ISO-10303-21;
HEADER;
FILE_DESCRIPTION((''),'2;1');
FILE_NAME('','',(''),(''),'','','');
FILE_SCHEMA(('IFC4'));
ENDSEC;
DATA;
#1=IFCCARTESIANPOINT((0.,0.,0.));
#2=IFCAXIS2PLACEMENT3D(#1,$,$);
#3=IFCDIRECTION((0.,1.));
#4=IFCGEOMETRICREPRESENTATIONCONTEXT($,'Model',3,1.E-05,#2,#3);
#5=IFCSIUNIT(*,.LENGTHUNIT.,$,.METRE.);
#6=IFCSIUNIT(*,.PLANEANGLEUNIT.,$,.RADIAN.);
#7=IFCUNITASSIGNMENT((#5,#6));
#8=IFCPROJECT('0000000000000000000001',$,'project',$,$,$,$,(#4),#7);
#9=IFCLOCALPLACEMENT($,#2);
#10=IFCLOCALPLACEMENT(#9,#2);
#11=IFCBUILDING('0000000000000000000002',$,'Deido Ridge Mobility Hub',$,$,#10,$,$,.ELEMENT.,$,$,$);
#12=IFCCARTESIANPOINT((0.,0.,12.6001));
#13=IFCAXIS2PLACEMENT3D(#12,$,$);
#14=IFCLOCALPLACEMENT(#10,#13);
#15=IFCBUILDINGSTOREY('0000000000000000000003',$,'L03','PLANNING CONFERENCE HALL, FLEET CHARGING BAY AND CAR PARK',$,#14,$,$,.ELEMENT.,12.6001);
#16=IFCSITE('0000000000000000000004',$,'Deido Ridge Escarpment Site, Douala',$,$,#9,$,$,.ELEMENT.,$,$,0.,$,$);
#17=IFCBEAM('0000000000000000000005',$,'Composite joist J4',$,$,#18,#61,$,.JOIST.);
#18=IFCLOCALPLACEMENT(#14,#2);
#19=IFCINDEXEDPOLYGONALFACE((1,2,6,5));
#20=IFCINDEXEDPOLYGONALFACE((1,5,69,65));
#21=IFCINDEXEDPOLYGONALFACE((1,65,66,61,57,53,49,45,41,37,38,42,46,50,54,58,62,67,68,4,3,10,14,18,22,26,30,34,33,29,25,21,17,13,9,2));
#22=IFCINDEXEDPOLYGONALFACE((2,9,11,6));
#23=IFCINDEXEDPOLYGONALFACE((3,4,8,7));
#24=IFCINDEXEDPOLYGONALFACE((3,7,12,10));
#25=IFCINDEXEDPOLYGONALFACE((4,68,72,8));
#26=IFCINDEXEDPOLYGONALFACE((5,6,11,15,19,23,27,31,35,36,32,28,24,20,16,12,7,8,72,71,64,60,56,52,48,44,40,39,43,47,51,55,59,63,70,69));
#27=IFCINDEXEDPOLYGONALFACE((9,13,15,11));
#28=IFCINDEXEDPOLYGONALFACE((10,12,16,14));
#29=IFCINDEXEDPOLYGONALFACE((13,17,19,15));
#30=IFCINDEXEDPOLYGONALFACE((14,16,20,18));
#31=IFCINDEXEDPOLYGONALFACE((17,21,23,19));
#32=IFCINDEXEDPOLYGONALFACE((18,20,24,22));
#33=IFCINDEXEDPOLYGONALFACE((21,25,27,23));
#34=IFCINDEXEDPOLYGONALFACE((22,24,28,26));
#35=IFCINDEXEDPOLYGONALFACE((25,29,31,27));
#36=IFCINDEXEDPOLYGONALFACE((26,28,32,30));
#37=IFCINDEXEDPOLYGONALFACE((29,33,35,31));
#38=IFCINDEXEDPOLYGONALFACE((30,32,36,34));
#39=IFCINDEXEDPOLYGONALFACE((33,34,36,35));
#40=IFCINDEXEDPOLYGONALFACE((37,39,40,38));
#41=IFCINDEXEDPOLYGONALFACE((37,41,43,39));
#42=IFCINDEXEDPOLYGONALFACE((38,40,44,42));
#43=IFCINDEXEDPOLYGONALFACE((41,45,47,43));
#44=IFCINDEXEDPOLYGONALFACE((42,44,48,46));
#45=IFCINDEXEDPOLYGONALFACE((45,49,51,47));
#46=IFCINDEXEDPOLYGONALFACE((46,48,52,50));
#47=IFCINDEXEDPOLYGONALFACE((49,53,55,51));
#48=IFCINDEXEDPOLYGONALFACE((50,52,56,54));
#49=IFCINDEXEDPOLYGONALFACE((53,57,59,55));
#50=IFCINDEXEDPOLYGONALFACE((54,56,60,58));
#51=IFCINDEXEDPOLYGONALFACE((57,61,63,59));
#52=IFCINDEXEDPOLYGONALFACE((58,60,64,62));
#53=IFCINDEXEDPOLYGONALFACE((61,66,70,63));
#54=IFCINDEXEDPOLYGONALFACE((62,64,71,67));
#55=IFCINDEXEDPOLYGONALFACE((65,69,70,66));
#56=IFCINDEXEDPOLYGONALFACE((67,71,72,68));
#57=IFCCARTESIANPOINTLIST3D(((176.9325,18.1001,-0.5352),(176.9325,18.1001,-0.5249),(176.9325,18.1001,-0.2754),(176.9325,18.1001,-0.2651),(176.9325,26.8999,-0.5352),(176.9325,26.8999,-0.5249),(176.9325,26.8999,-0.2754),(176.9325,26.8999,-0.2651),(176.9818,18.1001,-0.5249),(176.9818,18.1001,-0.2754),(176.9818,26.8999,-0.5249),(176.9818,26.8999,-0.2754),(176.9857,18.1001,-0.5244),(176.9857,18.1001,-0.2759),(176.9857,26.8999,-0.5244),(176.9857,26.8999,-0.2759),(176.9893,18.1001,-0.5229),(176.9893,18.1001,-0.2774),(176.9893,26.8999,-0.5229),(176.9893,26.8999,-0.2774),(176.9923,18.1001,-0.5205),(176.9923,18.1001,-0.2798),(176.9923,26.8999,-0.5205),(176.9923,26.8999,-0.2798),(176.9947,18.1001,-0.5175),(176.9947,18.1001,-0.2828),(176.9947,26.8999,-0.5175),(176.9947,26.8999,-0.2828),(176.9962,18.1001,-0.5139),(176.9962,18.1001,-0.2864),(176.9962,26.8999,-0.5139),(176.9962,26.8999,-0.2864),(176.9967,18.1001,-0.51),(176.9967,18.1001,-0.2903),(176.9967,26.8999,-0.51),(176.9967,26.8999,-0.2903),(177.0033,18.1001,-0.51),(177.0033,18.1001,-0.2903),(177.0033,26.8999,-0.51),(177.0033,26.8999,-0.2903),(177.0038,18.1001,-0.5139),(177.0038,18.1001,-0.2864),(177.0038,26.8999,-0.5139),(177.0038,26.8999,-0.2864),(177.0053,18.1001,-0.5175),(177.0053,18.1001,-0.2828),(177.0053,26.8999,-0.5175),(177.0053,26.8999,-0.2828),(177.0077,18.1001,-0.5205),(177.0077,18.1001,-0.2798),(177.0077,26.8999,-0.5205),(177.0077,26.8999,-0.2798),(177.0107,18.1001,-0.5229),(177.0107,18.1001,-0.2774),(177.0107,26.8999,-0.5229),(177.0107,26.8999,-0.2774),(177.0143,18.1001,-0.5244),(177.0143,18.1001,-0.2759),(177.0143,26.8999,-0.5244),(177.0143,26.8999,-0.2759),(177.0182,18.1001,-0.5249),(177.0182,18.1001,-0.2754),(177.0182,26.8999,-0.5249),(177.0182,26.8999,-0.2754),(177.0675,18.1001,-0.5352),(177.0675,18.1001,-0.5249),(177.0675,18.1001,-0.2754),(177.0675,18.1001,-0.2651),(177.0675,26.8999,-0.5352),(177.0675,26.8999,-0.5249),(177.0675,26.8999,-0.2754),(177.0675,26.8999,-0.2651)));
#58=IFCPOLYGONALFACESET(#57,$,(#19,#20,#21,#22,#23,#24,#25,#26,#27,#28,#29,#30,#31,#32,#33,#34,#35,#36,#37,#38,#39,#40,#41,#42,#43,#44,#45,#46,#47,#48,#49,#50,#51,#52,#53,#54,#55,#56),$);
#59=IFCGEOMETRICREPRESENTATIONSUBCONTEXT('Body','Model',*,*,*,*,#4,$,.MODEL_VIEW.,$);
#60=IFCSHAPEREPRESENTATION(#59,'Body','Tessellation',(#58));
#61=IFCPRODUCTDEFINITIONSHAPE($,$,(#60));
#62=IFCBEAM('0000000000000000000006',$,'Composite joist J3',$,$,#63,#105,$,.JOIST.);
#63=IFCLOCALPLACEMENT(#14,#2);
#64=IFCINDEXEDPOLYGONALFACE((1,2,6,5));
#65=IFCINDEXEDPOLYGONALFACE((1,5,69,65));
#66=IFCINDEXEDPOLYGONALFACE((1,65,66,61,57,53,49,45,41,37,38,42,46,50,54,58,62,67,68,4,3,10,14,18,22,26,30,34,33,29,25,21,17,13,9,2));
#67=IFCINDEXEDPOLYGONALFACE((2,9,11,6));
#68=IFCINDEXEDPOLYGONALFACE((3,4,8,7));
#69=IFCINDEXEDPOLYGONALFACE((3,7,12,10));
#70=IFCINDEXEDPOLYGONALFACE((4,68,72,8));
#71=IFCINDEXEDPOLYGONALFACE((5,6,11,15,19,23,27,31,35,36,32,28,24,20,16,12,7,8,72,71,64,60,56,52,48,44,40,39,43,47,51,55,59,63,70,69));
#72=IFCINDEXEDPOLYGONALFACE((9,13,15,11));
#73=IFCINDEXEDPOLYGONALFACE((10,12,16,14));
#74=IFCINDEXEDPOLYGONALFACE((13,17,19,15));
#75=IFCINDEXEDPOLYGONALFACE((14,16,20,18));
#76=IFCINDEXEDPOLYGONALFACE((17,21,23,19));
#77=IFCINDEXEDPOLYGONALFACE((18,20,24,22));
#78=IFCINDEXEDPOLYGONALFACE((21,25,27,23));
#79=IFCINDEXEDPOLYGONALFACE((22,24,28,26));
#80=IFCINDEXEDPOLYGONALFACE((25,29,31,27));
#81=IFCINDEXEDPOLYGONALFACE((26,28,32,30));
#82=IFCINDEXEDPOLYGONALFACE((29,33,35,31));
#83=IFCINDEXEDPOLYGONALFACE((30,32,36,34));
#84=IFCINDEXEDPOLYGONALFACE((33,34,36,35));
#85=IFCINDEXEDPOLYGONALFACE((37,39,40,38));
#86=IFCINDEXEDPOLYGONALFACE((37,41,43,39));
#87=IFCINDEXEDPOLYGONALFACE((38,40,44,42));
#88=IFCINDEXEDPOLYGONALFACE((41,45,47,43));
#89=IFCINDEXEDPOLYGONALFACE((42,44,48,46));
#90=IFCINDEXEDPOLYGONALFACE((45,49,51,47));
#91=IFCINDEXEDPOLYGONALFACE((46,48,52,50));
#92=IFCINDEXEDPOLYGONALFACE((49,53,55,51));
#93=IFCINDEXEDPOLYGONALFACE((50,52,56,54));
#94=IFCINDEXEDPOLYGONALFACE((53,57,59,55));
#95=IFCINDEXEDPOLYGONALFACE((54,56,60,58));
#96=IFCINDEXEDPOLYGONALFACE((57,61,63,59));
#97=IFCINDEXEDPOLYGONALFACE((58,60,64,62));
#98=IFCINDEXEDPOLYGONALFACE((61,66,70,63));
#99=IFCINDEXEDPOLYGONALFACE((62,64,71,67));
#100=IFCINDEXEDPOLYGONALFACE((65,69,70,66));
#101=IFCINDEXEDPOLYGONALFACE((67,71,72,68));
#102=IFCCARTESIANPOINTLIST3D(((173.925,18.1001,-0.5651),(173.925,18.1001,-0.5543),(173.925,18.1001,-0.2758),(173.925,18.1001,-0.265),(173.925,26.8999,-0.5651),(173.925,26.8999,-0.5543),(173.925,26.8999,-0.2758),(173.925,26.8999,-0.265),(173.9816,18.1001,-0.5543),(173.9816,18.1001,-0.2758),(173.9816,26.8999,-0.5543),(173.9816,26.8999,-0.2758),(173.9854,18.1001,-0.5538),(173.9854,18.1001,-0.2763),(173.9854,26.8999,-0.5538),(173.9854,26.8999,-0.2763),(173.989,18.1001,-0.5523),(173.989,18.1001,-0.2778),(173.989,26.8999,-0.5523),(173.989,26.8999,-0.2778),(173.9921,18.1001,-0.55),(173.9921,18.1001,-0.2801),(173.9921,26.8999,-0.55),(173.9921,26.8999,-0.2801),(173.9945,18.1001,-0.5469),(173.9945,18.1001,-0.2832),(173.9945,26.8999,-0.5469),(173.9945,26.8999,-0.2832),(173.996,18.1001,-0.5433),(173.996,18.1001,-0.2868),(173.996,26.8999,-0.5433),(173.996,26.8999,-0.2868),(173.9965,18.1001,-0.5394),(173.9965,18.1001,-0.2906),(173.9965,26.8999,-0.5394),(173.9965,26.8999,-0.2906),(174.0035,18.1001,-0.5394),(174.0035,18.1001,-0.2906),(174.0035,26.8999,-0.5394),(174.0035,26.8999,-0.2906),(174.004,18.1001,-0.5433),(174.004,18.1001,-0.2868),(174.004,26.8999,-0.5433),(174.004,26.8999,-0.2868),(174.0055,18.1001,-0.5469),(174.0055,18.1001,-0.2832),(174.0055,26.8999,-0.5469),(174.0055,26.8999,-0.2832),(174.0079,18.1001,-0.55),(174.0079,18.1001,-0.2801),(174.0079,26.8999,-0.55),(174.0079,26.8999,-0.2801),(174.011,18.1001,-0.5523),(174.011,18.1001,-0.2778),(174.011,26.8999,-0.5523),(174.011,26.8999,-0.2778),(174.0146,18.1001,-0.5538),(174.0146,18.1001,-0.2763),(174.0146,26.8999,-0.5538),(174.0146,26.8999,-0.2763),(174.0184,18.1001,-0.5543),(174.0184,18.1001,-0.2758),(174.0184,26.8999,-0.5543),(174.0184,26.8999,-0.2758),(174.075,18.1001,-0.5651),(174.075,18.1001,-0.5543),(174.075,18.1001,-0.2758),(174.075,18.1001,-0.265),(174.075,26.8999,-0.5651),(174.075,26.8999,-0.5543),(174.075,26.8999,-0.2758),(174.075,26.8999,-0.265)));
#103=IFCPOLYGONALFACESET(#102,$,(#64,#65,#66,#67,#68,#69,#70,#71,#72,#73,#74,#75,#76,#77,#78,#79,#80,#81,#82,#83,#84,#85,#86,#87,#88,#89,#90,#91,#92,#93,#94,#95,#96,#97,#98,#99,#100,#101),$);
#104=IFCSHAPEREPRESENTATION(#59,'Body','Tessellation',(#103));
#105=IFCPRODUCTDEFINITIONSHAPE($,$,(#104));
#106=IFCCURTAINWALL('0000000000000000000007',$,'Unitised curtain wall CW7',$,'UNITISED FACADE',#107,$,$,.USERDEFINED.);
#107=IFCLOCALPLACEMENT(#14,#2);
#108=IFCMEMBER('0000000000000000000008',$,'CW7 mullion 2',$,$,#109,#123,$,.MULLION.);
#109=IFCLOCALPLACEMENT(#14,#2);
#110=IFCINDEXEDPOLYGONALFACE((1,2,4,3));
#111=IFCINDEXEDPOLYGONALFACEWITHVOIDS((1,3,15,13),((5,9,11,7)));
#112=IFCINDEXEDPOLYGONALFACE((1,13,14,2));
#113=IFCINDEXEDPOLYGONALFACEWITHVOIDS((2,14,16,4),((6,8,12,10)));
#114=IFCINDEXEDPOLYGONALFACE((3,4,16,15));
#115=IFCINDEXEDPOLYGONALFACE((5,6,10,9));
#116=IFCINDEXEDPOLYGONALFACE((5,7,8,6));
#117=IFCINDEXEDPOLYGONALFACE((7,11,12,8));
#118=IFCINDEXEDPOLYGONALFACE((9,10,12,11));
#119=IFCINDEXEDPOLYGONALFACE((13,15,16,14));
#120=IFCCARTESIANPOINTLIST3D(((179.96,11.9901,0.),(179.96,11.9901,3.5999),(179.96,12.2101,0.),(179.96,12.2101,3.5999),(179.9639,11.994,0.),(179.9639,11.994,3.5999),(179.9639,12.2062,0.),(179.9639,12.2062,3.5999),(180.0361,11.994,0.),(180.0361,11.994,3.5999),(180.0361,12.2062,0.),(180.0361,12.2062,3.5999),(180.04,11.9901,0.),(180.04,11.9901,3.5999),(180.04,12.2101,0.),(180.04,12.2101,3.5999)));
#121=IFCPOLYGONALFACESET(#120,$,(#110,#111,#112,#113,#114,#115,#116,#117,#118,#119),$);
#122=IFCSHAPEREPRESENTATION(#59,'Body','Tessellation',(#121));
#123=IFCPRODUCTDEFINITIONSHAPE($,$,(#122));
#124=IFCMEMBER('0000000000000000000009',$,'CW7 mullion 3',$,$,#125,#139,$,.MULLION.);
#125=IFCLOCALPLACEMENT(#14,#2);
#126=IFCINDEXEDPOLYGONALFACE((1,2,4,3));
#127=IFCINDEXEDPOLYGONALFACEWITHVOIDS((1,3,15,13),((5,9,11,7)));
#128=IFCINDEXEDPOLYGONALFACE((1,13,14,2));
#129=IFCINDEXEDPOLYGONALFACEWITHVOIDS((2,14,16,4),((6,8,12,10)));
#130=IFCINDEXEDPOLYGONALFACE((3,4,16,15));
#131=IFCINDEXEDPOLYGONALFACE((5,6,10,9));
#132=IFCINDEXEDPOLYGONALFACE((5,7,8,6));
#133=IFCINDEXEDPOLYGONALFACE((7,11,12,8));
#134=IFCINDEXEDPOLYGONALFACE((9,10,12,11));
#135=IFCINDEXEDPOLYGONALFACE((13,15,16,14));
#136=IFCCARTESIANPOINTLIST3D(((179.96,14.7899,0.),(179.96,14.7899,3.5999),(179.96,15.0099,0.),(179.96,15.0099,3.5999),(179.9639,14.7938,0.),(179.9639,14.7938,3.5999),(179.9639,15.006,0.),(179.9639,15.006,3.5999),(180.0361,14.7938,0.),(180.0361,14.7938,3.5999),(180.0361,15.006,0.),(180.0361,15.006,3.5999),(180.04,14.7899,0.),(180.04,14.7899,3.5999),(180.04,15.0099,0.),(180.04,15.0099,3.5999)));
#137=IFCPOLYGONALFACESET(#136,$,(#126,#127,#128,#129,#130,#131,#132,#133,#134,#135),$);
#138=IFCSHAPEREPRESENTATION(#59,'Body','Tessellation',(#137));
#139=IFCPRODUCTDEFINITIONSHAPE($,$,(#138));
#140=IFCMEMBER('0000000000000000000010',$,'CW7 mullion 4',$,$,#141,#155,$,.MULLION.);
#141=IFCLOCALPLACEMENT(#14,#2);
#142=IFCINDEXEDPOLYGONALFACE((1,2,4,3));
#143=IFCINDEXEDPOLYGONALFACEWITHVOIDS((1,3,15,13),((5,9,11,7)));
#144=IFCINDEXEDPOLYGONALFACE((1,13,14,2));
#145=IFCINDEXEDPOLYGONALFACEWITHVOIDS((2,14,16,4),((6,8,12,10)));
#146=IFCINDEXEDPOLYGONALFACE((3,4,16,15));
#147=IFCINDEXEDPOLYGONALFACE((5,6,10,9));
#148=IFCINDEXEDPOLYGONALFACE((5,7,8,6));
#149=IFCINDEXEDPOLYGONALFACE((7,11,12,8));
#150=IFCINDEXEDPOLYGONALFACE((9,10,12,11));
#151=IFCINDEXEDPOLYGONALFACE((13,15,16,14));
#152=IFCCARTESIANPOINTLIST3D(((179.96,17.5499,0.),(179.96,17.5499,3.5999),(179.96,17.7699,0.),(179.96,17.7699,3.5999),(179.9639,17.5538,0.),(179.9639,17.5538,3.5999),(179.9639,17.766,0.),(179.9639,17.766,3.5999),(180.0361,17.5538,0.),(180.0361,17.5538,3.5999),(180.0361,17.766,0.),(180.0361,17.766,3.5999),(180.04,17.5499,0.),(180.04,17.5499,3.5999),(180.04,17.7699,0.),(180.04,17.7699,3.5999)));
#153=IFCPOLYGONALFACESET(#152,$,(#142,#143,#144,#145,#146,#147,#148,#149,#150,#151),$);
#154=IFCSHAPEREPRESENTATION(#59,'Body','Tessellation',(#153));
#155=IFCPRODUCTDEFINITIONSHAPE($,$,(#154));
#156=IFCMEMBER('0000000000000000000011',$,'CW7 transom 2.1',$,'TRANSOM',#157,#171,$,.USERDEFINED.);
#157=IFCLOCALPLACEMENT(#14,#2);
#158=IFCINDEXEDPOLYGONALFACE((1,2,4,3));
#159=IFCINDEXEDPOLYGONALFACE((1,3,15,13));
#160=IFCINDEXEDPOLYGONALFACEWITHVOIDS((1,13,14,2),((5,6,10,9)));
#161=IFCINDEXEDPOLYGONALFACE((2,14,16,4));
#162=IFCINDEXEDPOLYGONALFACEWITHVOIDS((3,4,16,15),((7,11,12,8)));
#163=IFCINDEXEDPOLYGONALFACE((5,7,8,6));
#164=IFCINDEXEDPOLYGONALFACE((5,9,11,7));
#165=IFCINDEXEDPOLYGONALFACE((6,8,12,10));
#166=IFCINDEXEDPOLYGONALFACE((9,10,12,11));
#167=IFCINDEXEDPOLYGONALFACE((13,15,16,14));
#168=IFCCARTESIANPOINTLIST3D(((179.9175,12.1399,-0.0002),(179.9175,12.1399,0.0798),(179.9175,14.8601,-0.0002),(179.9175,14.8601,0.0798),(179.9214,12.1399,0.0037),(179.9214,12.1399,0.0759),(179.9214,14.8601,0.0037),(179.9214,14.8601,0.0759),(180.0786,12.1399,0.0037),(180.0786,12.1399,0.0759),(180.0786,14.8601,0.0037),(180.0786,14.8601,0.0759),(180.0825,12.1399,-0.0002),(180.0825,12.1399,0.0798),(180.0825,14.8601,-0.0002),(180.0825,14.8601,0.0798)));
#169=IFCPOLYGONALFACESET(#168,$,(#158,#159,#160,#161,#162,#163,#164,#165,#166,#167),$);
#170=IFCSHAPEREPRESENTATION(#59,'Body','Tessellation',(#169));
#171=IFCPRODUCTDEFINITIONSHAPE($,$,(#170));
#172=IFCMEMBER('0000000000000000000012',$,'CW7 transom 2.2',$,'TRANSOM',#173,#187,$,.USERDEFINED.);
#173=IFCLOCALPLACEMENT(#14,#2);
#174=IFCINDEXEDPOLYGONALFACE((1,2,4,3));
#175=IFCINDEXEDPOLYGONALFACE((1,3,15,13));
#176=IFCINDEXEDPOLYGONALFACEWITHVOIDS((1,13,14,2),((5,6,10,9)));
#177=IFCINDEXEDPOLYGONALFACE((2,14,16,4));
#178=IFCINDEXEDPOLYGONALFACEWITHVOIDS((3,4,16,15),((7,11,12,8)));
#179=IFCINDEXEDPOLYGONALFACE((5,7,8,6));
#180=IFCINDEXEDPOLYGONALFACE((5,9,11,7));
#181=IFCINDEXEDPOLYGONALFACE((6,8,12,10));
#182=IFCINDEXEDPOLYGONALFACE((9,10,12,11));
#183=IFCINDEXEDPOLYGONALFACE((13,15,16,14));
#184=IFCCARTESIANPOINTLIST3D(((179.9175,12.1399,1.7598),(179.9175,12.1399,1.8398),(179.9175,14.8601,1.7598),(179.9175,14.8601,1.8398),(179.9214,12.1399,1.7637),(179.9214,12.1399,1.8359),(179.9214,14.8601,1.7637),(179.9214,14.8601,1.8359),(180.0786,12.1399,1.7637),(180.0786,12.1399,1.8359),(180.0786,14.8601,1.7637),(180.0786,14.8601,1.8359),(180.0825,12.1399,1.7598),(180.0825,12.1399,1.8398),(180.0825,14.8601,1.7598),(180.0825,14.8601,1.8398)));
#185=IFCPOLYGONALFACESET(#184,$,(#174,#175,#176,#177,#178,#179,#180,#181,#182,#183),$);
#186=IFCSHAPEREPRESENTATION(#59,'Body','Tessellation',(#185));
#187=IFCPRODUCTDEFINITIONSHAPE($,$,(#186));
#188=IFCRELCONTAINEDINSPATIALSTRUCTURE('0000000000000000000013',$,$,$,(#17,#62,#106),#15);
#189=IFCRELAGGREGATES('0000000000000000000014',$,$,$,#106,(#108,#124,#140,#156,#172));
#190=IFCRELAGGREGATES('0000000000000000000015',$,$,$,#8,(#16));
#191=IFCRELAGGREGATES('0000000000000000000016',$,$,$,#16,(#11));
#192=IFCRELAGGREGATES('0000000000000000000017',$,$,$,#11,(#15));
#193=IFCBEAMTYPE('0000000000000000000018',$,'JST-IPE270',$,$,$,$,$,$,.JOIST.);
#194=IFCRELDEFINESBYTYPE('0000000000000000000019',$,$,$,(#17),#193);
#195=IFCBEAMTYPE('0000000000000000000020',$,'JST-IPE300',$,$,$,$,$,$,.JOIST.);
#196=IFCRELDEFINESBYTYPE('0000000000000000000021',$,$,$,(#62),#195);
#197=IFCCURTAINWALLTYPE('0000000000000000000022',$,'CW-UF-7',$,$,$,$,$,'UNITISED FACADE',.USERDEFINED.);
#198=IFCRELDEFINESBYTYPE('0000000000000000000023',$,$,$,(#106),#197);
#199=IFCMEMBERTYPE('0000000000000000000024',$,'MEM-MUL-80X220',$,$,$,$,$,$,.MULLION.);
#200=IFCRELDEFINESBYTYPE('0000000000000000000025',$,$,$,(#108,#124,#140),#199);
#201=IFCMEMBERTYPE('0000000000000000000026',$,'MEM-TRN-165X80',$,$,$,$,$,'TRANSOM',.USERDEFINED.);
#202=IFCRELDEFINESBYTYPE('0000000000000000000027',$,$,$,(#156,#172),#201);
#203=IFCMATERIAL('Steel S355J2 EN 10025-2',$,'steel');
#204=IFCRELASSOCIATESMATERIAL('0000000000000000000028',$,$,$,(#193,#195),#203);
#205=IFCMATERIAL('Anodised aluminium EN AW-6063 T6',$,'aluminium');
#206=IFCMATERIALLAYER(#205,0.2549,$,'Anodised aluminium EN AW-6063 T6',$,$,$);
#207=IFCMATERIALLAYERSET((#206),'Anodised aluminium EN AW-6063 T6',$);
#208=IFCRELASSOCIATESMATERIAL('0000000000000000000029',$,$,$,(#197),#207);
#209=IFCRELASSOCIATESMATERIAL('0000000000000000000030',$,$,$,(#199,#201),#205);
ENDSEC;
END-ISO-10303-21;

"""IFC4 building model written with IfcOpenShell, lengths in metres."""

from ifc_helpers import new_model, si_unit, direction, frame, origin, origin_2d, place, context, subcontext, project, spatial, hollow_rectangle, i_section, extrude, material, layer, layer_set, material_profile, profile_set, type_object, element, aggregate, save


model = new_model("IFC4")

# Units and contexts
model_context = context("Model", 3, precision=1e-05, world=origin(), true_north=direction((0.0, 1.0)))
body_context = subcontext(model_context, "Body", "Model", "MODEL_VIEW")
ifc_project = project(units=[si_unit("LENGTHUNIT", "METRE"), si_unit("PLANEANGLEUNIT", "RADIAN")], contexts=[model_context])

# Site, building, storey
site_placement = place(None, origin())
site = spatial("IfcSite", under=ifc_project, at=site_placement, Name="Deido Ridge Escarpment Site, Douala", CompositionType="ELEMENT", RefElevation=0.0)
building_placement = place(site_placement, origin())
building = spatial("IfcBuilding", under=site, at=building_placement, Name="Deido Ridge Mobility Hub", CompositionType="ELEMENT")
storey_placement = place(building_placement, frame((0.0, 0.0, 12.6001)))
storey = spatial("IfcBuildingStorey", under=building, at=storey_placement, Name="L03", Description="PLANNING CONFERENCE HALL, FLEET CHARGING BAY AND CAR PARK", CompositionType="ELEMENT", Elevation=12.6001)

# Shared definitions
ifc_material_1 = material(Name="Steel S355J2 EN 10025-2", Category="steel")

# Beams
ifc_material_profile_1 = material_profile(ifc_material_1, i_section(OverallWidth=0.135, OverallDepth=0.27, WebThickness=0.0066, FlangeThickness=0.0103, FilletRadius=0.0149, at=origin_2d()), Name="IPE 270")
ifc_profile_set_1 = profile_set([ifc_material_profile_1], Name="Steel S355J2 EN 10025-2")
beam_type_1 = type_object("IfcBeamType", Name="JST-IPE270", PredefinedType="JOIST", material=ifc_profile_set_1)
beam_1_placement = place(storey_placement, frame((177.0, 18.1001, -0.4001), z_axis=(0.0, 1.0, 0.0), x_axis=(-1.0, 0.0, 0.0)))
element("IfcBeam", 1, at=beam_1_placement, inside=storey, type_object=beam_type_1, Name="Composite joist J4", PredefinedType="JOIST", context=body_context, shape_type="SweptSolid", body=[
    extrude(i_section(OverallWidth=0.135, OverallDepth=0.27, WebThickness=0.0066, FlangeThickness=0.0103, FilletRadius=0.0149, at=origin_2d()), origin(), (0.0, 0.0, 1.0), 8.7998),
])
ifc_material_profile_2 = material_profile(ifc_material_1, i_section(OverallWidth=0.1499, OverallDepth=0.3, WebThickness=0.0071, FlangeThickness=0.0107, FilletRadius=0.0149, at=origin_2d()), Name="IPE 300")
ifc_profile_set_2 = profile_set([ifc_material_profile_2], Name="Steel S355J2 EN 10025-2")
beam_type_2 = type_object("IfcBeamType", Name="JST-IPE300", PredefinedType="JOIST", material=ifc_profile_set_2)
beam_2_placement = place(storey_placement, frame((174.0, 18.1001, -0.415), z_axis=(0.0, 1.0, 0.0), x_axis=(-1.0, 0.0, 0.0)))
element("IfcBeam", 2, at=beam_2_placement, inside=storey, type_object=beam_type_2, Name="Composite joist J3", PredefinedType="JOIST", context=body_context, shape_type="SweptSolid", body=[
    extrude(i_section(OverallWidth=0.1499, OverallDepth=0.3, WebThickness=0.0071, FlangeThickness=0.0107, FilletRadius=0.0149, at=origin_2d()), origin(), (0.0, 0.0, 1.0), 8.7998),
])

# Curtain wall, members
ifc_material_2 = material(Name="Anodised aluminium EN AW-6063 T6", Category="aluminium")
ifc_layer_1 = layer(ifc_material_2, 0.2549, Name="Anodised aluminium EN AW-6063 T6")
ifc_layer_set_1 = layer_set([ifc_layer_1], Name="Anodised aluminium EN AW-6063 T6")
curtain_wall_type = type_object("IfcCurtainWallType", Name="CW-UF-7", ElementType="UNITISED FACADE", PredefinedType="USERDEFINED", material=ifc_layer_set_1)
curtain_wall_placement = place(storey_placement, origin())
curtain_wall = element("IfcCurtainWall", 3, at=curtain_wall_placement, inside=storey, type_object=curtain_wall_type, Name="Unitised curtain wall CW7", ObjectType="UNITISED FACADE", PredefinedType="USERDEFINED")
ifc_material_profile_3 = material_profile(ifc_material_2, hollow_rectangle(XDim=0.0801, YDim=0.22, WallThickness=0.0039, at=origin_2d()), Name="RHS 80x220x4")
ifc_profile_set_3 = profile_set([ifc_material_profile_3], Name="Anodised aluminium EN AW-6063 T6")
member_type_1 = type_object("IfcMemberType", Name="MEM-MUL-80X220", PredefinedType="MULLION", material=ifc_profile_set_3)
member_1_placement = place(storey_placement, frame((180.0, 12.1001, 0.0), z_axis=(0.0, 0.0, 1.0), x_axis=(-1.0, 0.0, 0.0)))
member_1 = element("IfcMember", 4, at=member_1_placement, type_object=member_type_1, Name="CW7 mullion 2", PredefinedType="MULLION", context=body_context, shape_type="SweptSolid", body=[
    extrude(hollow_rectangle(XDim=0.0801, YDim=0.22, WallThickness=0.0039, at=origin_2d()), origin(), (0.0, 0.0, 1.0), 3.5999),
])
member_2_placement = place(storey_placement, frame((180.0, 14.8999, 0.0), z_axis=(0.0, 0.0, 1.0), x_axis=(-1.0, 0.0, 0.0)))
member_2 = element("IfcMember", 5, at=member_2_placement, type_object=member_type_1, Name="CW7 mullion 3", PredefinedType="MULLION", context=body_context, shape_type="SweptSolid", body=[
    extrude(hollow_rectangle(XDim=0.0801, YDim=0.22, WallThickness=0.0039, at=origin_2d()), origin(), (0.0, 0.0, 1.0), 3.5999),
])
member_3_placement = place(storey_placement, frame((180.0, 17.6599, 0.0), z_axis=(0.0, 0.0, 1.0), x_axis=(-1.0, 0.0, 0.0)))
member_3 = element("IfcMember", 6, at=member_3_placement, type_object=member_type_1, Name="CW7 mullion 4", PredefinedType="MULLION", context=body_context, shape_type="SweptSolid", body=[
    extrude(hollow_rectangle(XDim=0.0801, YDim=0.22, WallThickness=0.0039, at=origin_2d()), origin(), (0.0, 0.0, 1.0), 3.5999),
])
ifc_material_profile_4 = material_profile(ifc_material_2, hollow_rectangle(XDim=0.165, YDim=0.0801, WallThickness=0.0039, at=origin_2d()), Name="RHS 165x80x4")
ifc_profile_set_4 = profile_set([ifc_material_profile_4], Name="Anodised aluminium EN AW-6063 T6")
member_type_2 = type_object("IfcMemberType", Name="MEM-TRN-165X80", ElementType="TRANSOM", PredefinedType="USERDEFINED", material=ifc_profile_set_4)
member_4_placement = place(storey_placement, frame((180.0, 12.1399, 0.0398), z_axis=(0.0, 1.0, 0.0), x_axis=(-1.0, 0.0, 0.0)))
member_4 = element("IfcMember", 7, at=member_4_placement, type_object=member_type_2, Name="CW7 transom 2.1", ObjectType="TRANSOM", PredefinedType="USERDEFINED", context=body_context, shape_type="SweptSolid", body=[
    extrude(hollow_rectangle(XDim=0.165, YDim=0.0801, WallThickness=0.0039, at=origin_2d()), origin(), (0.0, 0.0, 1.0), 2.7202),
])
member_5_placement = place(storey_placement, frame((180.0, 12.1399, 1.7998), z_axis=(0.0, 1.0, 0.0), x_axis=(-1.0, 0.0, 0.0)))
member_5 = element("IfcMember", 8, at=member_5_placement, type_object=member_type_2, Name="CW7 transom 2.2", ObjectType="TRANSOM", PredefinedType="USERDEFINED", context=body_context, shape_type="SweptSolid", body=[
    extrude(hollow_rectangle(XDim=0.165, YDim=0.0801, WallThickness=0.0039, at=origin_2d()), origin(), (0.0, 0.0, 1.0), 2.7202),
])

aggregate(curtain_wall, [member_1, member_2, member_3, member_4, member_5])

save(model, "model.ifc")
